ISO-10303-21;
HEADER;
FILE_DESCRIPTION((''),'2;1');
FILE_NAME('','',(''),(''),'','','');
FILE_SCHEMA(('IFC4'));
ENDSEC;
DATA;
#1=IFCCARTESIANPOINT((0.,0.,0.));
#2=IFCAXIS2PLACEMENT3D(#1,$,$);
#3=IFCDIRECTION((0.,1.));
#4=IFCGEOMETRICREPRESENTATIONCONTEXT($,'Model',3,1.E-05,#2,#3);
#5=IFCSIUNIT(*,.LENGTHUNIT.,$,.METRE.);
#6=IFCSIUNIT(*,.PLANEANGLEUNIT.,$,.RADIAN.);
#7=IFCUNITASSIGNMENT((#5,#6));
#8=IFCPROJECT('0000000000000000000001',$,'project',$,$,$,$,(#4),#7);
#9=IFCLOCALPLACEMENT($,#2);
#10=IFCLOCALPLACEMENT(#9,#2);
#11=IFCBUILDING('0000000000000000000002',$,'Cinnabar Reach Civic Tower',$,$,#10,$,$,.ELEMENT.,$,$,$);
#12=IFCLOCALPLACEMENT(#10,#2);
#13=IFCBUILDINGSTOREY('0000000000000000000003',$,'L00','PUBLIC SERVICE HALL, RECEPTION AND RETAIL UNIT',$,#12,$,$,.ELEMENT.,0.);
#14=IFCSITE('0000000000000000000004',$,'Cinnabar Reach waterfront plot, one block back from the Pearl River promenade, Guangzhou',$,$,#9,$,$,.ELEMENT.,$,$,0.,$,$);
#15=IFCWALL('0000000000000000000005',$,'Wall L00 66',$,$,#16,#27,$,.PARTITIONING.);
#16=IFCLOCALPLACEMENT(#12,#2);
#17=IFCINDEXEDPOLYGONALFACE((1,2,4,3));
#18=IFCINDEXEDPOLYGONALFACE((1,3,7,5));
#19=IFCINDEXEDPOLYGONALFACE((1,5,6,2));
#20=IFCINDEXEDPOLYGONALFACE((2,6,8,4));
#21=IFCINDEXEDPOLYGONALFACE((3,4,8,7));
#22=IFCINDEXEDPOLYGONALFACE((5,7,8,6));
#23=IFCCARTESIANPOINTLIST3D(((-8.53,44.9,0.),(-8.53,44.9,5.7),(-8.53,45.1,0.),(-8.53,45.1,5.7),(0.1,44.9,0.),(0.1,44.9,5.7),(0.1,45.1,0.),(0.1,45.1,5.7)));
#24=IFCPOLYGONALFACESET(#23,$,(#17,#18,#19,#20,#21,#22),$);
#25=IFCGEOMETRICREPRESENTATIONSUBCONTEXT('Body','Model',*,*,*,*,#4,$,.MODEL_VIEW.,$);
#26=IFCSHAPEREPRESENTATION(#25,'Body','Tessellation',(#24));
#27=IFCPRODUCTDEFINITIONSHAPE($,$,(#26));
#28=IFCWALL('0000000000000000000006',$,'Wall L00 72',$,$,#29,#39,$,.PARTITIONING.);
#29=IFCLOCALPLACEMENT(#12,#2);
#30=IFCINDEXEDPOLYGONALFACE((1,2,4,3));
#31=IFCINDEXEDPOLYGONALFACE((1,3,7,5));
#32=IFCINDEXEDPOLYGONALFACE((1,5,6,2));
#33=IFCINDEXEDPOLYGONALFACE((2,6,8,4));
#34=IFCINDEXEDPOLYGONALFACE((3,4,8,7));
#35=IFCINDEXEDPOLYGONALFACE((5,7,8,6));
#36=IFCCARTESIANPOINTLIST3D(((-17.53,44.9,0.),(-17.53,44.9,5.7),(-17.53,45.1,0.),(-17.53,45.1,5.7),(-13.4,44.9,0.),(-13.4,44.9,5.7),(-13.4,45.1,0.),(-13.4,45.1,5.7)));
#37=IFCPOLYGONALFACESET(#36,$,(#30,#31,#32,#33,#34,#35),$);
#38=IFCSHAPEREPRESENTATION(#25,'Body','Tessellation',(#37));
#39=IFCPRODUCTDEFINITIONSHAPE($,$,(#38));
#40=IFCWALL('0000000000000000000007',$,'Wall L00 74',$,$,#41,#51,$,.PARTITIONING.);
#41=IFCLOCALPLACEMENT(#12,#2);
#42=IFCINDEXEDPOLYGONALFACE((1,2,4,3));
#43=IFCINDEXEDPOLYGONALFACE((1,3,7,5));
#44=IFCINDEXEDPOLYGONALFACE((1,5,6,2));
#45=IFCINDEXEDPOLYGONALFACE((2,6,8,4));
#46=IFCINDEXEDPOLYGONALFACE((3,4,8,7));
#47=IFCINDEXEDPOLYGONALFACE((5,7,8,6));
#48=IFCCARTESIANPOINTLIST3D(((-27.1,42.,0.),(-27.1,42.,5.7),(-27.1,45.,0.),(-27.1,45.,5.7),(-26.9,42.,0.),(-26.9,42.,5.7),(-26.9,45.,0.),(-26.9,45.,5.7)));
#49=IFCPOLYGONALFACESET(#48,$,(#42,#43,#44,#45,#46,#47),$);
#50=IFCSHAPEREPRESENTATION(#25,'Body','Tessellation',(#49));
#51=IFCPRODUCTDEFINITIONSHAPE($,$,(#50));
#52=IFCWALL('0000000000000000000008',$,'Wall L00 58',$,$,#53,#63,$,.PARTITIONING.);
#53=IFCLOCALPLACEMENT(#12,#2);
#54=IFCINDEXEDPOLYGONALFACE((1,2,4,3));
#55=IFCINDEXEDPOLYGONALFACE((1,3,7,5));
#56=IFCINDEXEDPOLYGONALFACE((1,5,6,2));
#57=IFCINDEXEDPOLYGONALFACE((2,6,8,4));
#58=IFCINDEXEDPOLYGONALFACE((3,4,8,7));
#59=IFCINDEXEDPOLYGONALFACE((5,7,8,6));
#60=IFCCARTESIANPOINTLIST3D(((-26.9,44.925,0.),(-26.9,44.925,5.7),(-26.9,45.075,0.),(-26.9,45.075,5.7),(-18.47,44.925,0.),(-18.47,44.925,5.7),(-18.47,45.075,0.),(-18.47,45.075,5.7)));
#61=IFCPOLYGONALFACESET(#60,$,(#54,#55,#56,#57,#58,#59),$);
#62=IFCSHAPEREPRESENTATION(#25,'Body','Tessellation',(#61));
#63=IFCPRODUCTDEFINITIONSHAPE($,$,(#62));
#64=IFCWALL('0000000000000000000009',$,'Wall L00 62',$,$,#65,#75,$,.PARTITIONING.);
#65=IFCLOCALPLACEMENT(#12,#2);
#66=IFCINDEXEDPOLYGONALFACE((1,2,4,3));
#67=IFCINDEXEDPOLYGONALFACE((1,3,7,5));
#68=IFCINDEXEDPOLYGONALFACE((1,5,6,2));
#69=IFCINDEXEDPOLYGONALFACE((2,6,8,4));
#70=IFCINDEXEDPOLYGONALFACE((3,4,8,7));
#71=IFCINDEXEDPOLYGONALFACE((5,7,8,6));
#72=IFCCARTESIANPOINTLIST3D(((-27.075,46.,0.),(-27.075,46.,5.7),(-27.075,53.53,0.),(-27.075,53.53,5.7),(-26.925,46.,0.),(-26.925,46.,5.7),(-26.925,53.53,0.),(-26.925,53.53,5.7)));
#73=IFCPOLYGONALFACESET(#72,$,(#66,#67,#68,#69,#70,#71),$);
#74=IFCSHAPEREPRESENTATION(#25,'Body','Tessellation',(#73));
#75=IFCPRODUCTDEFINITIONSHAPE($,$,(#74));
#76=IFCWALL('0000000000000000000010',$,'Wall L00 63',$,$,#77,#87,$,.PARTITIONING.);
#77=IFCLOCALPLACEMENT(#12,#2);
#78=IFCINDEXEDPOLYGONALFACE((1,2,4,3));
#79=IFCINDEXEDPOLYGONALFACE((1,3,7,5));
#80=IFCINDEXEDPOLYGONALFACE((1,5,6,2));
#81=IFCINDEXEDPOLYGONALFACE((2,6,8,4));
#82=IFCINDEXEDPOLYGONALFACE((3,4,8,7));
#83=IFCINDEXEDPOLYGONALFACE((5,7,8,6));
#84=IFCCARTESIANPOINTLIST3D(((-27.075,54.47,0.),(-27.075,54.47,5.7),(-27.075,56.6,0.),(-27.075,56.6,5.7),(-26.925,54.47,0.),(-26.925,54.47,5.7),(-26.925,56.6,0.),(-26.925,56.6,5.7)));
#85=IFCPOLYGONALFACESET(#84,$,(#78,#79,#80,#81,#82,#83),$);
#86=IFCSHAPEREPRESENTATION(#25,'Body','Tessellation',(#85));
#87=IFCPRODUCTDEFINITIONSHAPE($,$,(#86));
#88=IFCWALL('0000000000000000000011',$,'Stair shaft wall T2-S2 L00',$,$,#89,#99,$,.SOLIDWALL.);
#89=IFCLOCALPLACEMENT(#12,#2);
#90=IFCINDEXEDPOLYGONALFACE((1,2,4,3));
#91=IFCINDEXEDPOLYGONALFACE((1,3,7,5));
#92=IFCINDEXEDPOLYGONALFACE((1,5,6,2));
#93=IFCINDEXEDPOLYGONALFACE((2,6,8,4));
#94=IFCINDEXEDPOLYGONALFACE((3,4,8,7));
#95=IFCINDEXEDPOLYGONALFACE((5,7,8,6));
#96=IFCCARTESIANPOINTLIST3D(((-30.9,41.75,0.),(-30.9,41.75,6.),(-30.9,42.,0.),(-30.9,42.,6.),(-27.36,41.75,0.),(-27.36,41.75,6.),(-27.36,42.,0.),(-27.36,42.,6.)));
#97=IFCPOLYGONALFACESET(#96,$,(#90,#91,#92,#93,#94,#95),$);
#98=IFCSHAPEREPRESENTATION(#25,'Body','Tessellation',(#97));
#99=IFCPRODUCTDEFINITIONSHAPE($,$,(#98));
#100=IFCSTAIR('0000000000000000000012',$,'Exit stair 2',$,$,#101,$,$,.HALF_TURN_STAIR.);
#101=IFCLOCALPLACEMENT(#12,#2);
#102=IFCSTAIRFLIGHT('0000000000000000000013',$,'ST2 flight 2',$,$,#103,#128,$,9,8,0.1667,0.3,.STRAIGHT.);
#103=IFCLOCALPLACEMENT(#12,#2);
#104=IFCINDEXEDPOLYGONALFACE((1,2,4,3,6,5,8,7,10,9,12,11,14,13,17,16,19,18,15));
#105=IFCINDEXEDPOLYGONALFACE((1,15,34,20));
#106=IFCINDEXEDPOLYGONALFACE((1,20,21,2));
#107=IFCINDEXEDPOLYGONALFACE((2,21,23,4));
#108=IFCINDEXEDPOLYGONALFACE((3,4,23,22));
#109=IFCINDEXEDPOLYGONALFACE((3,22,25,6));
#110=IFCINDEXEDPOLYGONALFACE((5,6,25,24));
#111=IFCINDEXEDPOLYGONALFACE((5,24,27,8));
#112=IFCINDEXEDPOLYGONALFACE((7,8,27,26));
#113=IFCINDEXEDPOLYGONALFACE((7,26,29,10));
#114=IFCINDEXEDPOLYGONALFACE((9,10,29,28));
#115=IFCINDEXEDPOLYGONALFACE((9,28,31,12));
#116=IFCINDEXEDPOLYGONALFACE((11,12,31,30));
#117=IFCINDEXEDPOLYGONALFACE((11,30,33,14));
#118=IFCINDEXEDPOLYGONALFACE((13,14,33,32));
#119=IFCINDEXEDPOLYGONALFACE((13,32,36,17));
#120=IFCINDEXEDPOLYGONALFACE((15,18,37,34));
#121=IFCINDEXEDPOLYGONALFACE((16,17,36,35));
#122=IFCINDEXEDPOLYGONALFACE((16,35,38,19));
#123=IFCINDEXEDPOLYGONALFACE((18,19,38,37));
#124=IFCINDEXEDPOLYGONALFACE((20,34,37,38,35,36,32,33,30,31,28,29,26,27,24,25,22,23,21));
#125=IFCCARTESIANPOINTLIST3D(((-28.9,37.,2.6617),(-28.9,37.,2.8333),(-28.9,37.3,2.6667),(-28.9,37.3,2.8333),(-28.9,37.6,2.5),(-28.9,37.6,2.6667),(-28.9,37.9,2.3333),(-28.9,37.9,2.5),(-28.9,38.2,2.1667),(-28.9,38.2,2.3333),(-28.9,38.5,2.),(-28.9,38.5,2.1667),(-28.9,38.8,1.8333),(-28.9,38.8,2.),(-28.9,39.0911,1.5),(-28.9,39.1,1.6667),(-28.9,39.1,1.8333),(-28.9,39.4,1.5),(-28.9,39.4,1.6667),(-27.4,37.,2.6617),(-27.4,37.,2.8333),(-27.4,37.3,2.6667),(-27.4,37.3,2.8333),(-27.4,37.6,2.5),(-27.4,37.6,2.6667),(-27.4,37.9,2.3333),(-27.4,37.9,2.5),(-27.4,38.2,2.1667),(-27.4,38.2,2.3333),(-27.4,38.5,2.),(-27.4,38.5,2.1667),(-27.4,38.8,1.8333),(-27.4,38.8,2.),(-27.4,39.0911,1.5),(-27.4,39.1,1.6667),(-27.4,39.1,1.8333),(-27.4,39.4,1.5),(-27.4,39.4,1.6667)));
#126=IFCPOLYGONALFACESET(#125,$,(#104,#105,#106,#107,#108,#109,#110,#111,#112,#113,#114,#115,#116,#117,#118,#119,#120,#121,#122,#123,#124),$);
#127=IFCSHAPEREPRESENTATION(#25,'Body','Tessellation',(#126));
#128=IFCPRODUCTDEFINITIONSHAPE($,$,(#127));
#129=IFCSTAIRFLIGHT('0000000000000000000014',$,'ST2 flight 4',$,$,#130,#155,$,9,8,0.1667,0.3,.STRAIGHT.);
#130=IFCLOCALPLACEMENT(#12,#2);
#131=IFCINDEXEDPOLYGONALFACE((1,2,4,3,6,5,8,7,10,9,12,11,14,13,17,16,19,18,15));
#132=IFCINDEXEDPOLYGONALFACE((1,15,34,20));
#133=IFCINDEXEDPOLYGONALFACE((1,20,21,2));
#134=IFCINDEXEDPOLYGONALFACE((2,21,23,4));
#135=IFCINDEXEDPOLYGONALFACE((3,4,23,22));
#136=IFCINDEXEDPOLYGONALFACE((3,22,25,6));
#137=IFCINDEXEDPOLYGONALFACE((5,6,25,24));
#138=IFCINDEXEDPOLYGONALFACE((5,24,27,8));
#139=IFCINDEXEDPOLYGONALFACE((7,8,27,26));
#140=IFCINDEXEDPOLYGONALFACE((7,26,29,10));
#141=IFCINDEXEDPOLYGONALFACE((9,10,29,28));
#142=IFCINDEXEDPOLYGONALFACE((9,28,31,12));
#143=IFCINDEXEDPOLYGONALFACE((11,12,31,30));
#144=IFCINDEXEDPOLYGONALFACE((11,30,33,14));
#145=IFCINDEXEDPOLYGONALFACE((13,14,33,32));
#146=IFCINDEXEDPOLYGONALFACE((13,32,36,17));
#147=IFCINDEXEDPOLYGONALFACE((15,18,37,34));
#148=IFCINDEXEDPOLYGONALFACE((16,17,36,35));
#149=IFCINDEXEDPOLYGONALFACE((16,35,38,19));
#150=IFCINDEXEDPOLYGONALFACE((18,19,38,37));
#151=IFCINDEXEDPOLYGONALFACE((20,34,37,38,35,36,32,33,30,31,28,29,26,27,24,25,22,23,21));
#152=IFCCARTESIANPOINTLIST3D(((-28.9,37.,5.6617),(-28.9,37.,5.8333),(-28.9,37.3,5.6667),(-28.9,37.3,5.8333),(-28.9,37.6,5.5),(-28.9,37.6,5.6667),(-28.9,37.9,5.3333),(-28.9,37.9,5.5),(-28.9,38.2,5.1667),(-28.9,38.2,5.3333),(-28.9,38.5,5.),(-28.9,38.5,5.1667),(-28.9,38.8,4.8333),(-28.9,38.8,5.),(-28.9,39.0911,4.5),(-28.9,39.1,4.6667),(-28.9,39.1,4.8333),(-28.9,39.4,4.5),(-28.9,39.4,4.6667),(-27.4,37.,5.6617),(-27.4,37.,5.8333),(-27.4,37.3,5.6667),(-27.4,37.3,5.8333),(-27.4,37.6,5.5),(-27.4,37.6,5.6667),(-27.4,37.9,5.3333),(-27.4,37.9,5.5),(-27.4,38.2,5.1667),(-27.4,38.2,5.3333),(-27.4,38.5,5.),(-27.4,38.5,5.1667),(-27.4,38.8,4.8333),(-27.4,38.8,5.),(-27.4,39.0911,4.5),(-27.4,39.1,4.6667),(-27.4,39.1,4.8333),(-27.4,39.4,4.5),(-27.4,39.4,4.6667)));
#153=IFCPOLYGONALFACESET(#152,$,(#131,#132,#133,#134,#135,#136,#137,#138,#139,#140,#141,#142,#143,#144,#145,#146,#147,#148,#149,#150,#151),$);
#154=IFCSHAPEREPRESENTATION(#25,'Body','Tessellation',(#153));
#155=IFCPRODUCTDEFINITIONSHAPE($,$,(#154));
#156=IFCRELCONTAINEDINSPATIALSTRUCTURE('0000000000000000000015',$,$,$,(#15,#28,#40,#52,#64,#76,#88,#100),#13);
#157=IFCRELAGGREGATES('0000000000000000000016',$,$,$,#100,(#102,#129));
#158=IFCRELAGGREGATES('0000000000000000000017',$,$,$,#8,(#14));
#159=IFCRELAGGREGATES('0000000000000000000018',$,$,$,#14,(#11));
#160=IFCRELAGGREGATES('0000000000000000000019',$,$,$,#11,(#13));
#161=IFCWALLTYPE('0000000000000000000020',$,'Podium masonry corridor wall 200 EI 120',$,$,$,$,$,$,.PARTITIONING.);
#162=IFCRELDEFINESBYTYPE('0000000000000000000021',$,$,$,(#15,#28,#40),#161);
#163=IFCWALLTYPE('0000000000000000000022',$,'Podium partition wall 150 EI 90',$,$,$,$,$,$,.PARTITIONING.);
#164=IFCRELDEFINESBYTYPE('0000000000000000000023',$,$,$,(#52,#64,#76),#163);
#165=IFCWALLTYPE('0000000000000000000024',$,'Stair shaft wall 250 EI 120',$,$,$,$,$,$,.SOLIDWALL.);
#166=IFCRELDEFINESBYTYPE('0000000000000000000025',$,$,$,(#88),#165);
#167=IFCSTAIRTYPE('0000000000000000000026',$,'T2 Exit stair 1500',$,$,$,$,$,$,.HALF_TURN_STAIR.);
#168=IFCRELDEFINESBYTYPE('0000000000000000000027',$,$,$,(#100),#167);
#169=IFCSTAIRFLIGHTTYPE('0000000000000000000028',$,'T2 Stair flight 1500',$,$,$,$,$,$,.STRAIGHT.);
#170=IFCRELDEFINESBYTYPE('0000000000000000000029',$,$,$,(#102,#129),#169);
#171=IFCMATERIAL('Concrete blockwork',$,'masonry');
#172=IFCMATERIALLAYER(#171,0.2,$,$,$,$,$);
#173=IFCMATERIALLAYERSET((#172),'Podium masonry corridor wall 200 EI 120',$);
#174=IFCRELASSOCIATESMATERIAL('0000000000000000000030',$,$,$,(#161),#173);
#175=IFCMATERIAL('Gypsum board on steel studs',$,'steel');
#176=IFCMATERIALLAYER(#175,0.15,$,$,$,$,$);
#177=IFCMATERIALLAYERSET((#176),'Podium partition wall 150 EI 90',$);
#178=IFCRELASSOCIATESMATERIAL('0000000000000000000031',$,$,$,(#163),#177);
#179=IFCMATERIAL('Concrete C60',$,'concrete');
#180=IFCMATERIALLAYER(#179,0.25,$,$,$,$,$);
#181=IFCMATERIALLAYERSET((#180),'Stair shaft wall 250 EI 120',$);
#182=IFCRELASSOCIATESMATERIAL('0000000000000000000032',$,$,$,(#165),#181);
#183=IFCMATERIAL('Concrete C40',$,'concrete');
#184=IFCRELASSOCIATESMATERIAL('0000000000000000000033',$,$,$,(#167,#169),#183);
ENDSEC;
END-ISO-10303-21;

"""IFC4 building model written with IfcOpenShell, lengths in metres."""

from ifc_helpers import new_model, si_unit, direction, frame, frame_2d, origin, place, context, subcontext, project, spatial, polyline, rectangle, outline, extrude, material, layer, layer_set, type_object, element, aggregate, save


model = new_model("IFC4")

# Units and contexts
model_context = context("Model", 3, precision=1e-05, world=origin(), true_north=direction((0.0, 1.0)))
body_context = subcontext(model_context, "Body", "Model", "MODEL_VIEW")
ifc_project = project(units=[si_unit("LENGTHUNIT", "METRE"), si_unit("PLANEANGLEUNIT", "RADIAN")], contexts=[model_context])

# Site, building, storey
site_placement = place(None, origin())
site = spatial("IfcSite", under=ifc_project, at=site_placement, Name="Cinnabar Reach waterfront plot, one block back from the Pearl River promenade, Guangzhou", CompositionType="ELEMENT", RefElevation=0.0)
building_placement = place(site_placement, origin())
building = spatial("IfcBuilding", under=site, at=building_placement, Name="Cinnabar Reach Civic Tower", CompositionType="ELEMENT")
storey_placement = place(building_placement, origin())
storey = spatial("IfcBuildingStorey", under=building, at=storey_placement, Name="L00", Description="PUBLIC SERVICE HALL, RECEPTION AND RETAIL UNIT", CompositionType="ELEMENT", Elevation=0.0)

# Shared definitions
ifc_material_1 = material(Name="Concrete C40", Category="concrete")

# Shared definitions
ifc_material_2 = material(Name="Concrete blockwork", Category="masonry")
ifc_layer_1 = layer(ifc_material_2, 0.2)
ifc_layer_set_1 = layer_set([ifc_layer_1], Name="Podium masonry corridor wall 200 EI 120")
wall_type_1 = type_object("IfcWallType", Name="Podium masonry corridor wall 200 EI 120", PredefinedType="PARTITIONING", material=ifc_layer_set_1)

# Walls
wall_1_placement = place(storey_placement, frame((-8.53, 45.0, 0.0), z_axis=(0.0, 0.0, 1.0), x_axis=(1.0, 0.0, 0.0)))
element("IfcWall", 1, at=wall_1_placement, inside=storey, type_object=wall_type_1, Name="Wall L00 66", PredefinedType="PARTITIONING", context=body_context, shape_type="SweptSolid", body=[
    extrude(rectangle(XDim=8.63, YDim=0.2, at=frame_2d((4.315, 0.0))), origin(), (0.0, 0.0, 1.0), 5.7),
])
wall_2_placement = place(storey_placement, frame((-17.53, 45.0, 0.0), z_axis=(0.0, 0.0, 1.0), x_axis=(1.0, 0.0, 0.0)))
element("IfcWall", 2, at=wall_2_placement, inside=storey, type_object=wall_type_1, Name="Wall L00 72", PredefinedType="PARTITIONING", context=body_context, shape_type="SweptSolid", body=[
    extrude(rectangle(XDim=4.13, YDim=0.2, at=frame_2d((2.065, 0.0))), origin(), (0.0, 0.0, 1.0), 5.7),
])
wall_3_placement = place(storey_placement, frame((-27.0, 42.0, 0.0), z_axis=(0.0, 0.0, 1.0), x_axis=(0.0, 1.0, 0.0)))
element("IfcWall", 3, at=wall_3_placement, inside=storey, type_object=wall_type_1, Name="Wall L00 74", PredefinedType="PARTITIONING", context=body_context, shape_type="SweptSolid", body=[
    extrude(rectangle(XDim=3.0, YDim=0.2, at=frame_2d((1.5, 0.0))), origin(), (0.0, 0.0, 1.0), 5.7),
])
ifc_material_3 = material(Name="Gypsum board on steel studs", Category="steel")
ifc_layer_2 = layer(ifc_material_3, 0.15)
ifc_layer_set_2 = layer_set([ifc_layer_2], Name="Podium partition wall 150 EI 90")
wall_type_2 = type_object("IfcWallType", Name="Podium partition wall 150 EI 90", PredefinedType="PARTITIONING", material=ifc_layer_set_2)
wall_4_placement = place(storey_placement, frame((-26.9, 45.0, 0.0), z_axis=(0.0, 0.0, 1.0), x_axis=(1.0, 0.0, 0.0)))
element("IfcWall", 4, at=wall_4_placement, inside=storey, type_object=wall_type_2, Name="Wall L00 58", PredefinedType="PARTITIONING", context=body_context, shape_type="SweptSolid", body=[
    extrude(rectangle(XDim=8.43, YDim=0.15, at=frame_2d((4.215, 0.0))), origin(), (0.0, 0.0, 1.0), 5.7),
])
wall_5_placement = place(storey_placement, frame((-27.0, 46.0, 0.0), z_axis=(0.0, 0.0, 1.0), x_axis=(0.0, 1.0, 0.0)))
element("IfcWall", 5, at=wall_5_placement, inside=storey, type_object=wall_type_2, Name="Wall L00 62", PredefinedType="PARTITIONING", context=body_context, shape_type="SweptSolid", body=[
    extrude(rectangle(XDim=7.53, YDim=0.15, at=frame_2d((3.765, 0.0))), origin(), (0.0, 0.0, 1.0), 5.7),
])
wall_6_placement = place(storey_placement, frame((-27.0, 54.47, 0.0), z_axis=(0.0, 0.0, 1.0), x_axis=(0.0, 1.0, 0.0)))
element("IfcWall", 6, at=wall_6_placement, inside=storey, type_object=wall_type_2, Name="Wall L00 63", PredefinedType="PARTITIONING", context=body_context, shape_type="SweptSolid", body=[
    extrude(rectangle(XDim=2.13, YDim=0.15, at=frame_2d((1.065, 0.0))), origin(), (0.0, 0.0, 1.0), 5.7),
])
ifc_material_4 = material(Name="Concrete C60", Category="concrete")
ifc_layer_3 = layer(ifc_material_4, 0.25)
ifc_layer_set_3 = layer_set([ifc_layer_3], Name="Stair shaft wall 250 EI 120")
wall_type_3 = type_object("IfcWallType", Name="Stair shaft wall 250 EI 120", PredefinedType="SOLIDWALL", material=ifc_layer_set_3)
wall_7_placement = place(storey_placement, frame((-27.36, 41.875, 0.0), z_axis=(0.0, 0.0, 1.0), x_axis=(-1.0, 0.0, 0.0)))
element("IfcWall", 7, at=wall_7_placement, inside=storey, type_object=wall_type_3, Name="Stair shaft wall T2-S2 L00", PredefinedType="SOLIDWALL", context=body_context, shape_type="SweptSolid", body=[
    extrude(rectangle(XDim=3.54, YDim=0.25, at=frame_2d((1.77, 0.0))), origin(), (0.0, 0.0, 1.0), 6.0),
])

# Stair, stair flights
stair_type = type_object("IfcStairType", Name="T2 Exit stair 1500", PredefinedType="HALF_TURN_STAIR", material=ifc_material_1)
stair_placement = place(storey_placement, origin())
stair = element("IfcStair", 8, at=stair_placement, inside=storey, type_object=stair_type, Name="Exit stair 2", PredefinedType="HALF_TURN_STAIR")
stair_flight_type = type_object("IfcStairFlightType", Name="T2 Stair flight 1500", PredefinedType="STRAIGHT", material=ifc_material_1)
stair_flight_1_placement = place(storey_placement, frame((-28.15, 39.4, 1.5), z_axis=(0.0, 0.0, 1.0), x_axis=(0.0, -1.0, 0.0)))
stair_flight_1 = element("IfcStairFlight", 9, at=stair_flight_1_placement, type_object=stair_flight_type, Name="ST2 flight 2", NumberOfRisers=9, NumberOfTreads=8, PredefinedType="STRAIGHT", RiserHeight=0.1667, TreadLength=0.3, context=body_context, shape_type="SweptSolid", body=[
    extrude(outline(polyline([(0.0, 0.0), (0.0, 0.1667), (0.3, 0.1667), (0.3, 0.3333), (0.6, 0.3333), (0.6, 0.5), (0.9, 0.5), (0.9, 0.6667), (1.2, 0.6667), (1.2, 0.8333), (1.5, 0.8333), (1.5, 1.0), (1.8, 1.0), (1.8, 1.1667), (2.1, 1.1667), (2.1, 1.3333), (2.4, 1.3333), (2.4, 1.5), (2.4, 1.1617), (0.3089, 0.0), (0.0, 0.0)])), frame((0.0, 0.75, 0.0), z_axis=(0.0, -1.0, 0.0), x_axis=(1.0, 0.0, 0.0)), (0.0, 0.0, 1.0), 1.5),
])
stair_flight_2_placement = place(storey_placement, frame((-28.15, 39.4, 4.5), z_axis=(0.0, 0.0, 1.0), x_axis=(0.0, -1.0, 0.0)))
stair_flight_2 = element("IfcStairFlight", 10, at=stair_flight_2_placement, type_object=stair_flight_type, Name="ST2 flight 4", NumberOfRisers=9, NumberOfTreads=8, PredefinedType="STRAIGHT", RiserHeight=0.1667, TreadLength=0.3, context=body_context, shape_type="SweptSolid", body=[
    extrude(outline(polyline([(0.0, 0.0), (0.0, 0.1667), (0.3, 0.1667), (0.3, 0.3333), (0.6, 0.3333), (0.6, 0.5), (0.9, 0.5), (0.9, 0.6667), (1.2, 0.6667), (1.2, 0.8333), (1.5, 0.8333), (1.5, 1.0), (1.8, 1.0), (1.8, 1.1667), (2.1, 1.1667), (2.1, 1.3333), (2.4, 1.3333), (2.4, 1.5), (2.4, 1.1617), (0.3089, 0.0), (0.0, 0.0)])), frame((0.0, 0.75, 0.0), z_axis=(0.0, -1.0, 0.0), x_axis=(1.0, 0.0, 0.0)), (0.0, 0.0, 1.0), 1.5),
])
aggregate(stair, [stair_flight_1, stair_flight_2])

save(model, "model.ifc")
